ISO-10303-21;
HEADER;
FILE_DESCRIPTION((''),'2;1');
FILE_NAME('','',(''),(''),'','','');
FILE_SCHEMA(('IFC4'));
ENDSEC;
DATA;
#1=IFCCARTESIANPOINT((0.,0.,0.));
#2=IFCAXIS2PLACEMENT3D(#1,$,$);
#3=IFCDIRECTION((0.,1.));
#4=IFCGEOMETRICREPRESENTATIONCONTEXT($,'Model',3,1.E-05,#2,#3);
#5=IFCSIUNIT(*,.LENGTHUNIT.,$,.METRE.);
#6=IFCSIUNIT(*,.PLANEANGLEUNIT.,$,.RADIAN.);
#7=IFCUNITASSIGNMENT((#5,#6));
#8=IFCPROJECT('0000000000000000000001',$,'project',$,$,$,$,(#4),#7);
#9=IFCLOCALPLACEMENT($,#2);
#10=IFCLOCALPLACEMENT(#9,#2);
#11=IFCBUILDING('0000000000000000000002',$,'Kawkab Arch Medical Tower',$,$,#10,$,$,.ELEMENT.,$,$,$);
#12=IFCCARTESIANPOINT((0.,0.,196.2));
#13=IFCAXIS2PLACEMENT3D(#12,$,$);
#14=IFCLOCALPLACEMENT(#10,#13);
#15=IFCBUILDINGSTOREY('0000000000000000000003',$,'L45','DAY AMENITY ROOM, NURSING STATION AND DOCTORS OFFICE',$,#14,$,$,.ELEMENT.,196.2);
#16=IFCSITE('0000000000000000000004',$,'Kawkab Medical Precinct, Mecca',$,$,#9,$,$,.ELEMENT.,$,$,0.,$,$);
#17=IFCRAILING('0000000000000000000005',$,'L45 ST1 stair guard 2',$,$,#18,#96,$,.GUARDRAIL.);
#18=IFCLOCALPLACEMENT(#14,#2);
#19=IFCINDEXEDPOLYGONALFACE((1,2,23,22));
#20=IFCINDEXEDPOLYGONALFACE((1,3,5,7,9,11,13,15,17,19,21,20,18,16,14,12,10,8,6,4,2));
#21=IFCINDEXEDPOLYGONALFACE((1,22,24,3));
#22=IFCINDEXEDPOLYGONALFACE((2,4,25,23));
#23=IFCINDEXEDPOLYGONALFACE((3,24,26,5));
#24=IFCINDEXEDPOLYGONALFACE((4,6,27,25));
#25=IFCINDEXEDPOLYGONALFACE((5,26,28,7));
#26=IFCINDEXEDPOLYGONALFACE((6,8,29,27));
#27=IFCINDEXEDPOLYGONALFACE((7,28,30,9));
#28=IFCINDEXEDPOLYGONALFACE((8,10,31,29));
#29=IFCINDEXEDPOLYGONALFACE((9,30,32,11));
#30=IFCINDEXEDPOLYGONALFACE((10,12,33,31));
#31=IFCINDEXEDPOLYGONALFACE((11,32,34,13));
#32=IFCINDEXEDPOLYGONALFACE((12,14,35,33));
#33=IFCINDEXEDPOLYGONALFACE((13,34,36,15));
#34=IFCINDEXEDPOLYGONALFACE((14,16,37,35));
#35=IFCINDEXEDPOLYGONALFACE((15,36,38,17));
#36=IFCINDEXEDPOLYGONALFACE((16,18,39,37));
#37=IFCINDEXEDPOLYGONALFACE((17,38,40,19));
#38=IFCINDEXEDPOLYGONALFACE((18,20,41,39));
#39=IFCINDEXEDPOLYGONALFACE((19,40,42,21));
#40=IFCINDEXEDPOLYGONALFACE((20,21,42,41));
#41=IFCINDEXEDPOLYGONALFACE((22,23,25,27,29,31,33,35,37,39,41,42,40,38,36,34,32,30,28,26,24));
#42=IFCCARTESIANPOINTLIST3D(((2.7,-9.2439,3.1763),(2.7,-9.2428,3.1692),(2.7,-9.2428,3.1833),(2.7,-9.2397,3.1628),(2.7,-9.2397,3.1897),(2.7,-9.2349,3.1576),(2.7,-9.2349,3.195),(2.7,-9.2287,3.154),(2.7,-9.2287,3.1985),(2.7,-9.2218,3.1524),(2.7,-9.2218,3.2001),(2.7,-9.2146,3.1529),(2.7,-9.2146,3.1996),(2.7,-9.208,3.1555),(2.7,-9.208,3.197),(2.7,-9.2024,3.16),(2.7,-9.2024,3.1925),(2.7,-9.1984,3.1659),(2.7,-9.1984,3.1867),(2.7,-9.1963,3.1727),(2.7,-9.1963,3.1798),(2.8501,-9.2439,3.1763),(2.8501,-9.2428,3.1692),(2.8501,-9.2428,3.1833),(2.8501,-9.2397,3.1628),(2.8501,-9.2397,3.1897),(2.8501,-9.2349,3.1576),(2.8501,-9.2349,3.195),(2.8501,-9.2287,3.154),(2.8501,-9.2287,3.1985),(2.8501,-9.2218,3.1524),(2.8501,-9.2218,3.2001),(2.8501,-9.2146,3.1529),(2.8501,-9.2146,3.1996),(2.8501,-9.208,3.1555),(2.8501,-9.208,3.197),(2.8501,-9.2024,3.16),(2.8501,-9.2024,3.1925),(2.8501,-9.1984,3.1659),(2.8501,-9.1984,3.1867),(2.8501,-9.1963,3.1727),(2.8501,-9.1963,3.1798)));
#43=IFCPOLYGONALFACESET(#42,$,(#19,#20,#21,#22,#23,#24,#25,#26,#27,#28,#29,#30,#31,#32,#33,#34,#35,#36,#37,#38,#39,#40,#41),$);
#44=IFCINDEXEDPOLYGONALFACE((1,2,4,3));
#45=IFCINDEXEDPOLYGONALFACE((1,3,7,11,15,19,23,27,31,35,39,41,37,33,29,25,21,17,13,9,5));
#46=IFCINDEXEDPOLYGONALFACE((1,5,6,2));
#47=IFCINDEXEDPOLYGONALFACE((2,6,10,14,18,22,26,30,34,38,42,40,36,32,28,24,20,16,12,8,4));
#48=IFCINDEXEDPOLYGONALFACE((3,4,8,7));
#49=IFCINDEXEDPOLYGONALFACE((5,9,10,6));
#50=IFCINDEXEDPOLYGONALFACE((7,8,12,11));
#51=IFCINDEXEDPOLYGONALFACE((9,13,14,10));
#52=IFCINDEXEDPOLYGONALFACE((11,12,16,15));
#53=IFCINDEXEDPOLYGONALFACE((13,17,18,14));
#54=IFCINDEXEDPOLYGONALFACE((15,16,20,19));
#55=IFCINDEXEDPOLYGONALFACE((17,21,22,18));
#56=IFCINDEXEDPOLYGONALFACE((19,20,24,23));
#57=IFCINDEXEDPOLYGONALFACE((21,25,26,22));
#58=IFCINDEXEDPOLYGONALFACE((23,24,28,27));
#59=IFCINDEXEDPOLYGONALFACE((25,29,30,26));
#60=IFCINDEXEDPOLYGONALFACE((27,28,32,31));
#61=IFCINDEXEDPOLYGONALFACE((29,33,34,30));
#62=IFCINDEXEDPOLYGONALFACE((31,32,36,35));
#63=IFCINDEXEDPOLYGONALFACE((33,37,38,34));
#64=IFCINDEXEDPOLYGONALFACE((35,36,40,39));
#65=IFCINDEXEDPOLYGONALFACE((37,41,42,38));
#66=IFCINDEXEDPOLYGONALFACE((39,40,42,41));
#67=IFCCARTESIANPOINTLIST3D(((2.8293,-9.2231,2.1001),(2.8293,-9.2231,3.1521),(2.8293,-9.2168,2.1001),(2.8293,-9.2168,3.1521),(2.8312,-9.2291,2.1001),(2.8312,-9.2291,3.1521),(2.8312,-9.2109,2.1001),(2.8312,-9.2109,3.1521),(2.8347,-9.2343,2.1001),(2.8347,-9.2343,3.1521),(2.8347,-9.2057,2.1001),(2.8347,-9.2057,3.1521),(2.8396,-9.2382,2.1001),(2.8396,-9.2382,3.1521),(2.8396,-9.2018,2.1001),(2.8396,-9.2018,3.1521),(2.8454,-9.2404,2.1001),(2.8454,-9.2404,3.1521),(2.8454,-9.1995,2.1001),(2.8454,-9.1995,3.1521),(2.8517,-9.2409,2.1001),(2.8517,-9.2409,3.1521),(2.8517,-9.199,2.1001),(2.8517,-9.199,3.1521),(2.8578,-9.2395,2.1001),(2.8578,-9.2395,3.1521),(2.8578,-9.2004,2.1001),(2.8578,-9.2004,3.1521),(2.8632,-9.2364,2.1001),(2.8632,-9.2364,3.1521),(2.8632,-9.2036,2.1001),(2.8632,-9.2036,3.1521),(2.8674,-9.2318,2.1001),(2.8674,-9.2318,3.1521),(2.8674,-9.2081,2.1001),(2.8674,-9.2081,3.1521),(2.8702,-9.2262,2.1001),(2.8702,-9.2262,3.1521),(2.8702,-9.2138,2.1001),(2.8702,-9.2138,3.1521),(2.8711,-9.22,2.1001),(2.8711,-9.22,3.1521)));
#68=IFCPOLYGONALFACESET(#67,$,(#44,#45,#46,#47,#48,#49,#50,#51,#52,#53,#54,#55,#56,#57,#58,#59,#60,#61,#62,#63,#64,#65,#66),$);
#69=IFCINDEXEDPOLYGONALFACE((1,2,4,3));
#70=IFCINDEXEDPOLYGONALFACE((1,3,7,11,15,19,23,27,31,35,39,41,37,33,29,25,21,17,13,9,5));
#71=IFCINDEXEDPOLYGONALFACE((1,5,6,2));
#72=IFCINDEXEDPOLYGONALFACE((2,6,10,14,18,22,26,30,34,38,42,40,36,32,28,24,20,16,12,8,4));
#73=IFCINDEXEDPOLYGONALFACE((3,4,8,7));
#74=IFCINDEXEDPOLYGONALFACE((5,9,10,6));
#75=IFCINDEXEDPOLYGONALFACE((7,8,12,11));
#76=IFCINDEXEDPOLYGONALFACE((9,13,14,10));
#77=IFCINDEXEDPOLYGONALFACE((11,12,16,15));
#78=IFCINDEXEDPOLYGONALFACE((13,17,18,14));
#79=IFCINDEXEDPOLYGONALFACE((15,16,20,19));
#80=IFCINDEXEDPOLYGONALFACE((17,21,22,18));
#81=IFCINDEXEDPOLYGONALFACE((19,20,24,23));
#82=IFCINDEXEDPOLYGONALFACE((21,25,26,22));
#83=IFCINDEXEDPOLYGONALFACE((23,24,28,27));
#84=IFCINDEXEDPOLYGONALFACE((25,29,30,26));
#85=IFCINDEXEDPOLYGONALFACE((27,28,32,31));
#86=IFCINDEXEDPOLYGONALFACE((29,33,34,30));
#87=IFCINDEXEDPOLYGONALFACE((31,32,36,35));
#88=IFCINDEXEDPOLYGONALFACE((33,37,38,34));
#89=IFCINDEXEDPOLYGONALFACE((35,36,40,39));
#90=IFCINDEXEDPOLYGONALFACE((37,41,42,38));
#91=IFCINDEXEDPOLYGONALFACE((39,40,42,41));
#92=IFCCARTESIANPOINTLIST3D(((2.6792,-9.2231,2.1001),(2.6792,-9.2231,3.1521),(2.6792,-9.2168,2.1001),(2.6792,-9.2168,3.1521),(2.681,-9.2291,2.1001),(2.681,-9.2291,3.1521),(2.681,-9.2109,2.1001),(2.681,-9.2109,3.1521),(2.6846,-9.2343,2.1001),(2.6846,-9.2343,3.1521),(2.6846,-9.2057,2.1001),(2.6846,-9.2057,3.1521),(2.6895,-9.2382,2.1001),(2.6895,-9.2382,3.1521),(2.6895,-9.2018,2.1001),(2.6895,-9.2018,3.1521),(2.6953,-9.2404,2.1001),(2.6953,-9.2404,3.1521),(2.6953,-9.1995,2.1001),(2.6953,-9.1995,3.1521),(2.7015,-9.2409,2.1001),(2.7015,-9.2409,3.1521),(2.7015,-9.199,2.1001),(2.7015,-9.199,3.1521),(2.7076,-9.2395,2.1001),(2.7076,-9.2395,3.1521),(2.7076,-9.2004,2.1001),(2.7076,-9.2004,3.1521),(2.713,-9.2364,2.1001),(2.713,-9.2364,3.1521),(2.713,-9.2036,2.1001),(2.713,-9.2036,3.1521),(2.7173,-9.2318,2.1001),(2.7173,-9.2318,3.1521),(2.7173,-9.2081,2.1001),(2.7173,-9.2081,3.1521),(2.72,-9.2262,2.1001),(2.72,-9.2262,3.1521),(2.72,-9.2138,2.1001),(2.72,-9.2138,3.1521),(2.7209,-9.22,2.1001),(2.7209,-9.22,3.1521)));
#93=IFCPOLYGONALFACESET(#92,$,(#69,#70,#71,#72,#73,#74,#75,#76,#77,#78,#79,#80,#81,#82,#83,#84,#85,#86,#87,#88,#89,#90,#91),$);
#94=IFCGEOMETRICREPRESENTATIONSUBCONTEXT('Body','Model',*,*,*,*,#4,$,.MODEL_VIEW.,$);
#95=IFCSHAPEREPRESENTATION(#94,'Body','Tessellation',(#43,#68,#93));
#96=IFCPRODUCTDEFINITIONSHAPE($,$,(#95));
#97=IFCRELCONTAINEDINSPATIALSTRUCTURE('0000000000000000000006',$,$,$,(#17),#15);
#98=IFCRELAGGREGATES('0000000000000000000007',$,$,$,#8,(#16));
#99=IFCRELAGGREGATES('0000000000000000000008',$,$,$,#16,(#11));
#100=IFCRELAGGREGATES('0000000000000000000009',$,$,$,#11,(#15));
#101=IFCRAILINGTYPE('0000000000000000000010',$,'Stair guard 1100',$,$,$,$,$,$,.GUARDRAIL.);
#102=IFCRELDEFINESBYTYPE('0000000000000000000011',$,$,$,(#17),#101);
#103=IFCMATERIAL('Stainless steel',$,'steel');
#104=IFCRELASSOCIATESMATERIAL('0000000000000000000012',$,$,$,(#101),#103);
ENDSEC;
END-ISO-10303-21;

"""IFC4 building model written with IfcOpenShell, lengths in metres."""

from ifc_helpers import new_model, si_unit, direction, frame, origin, origin_2d, place, context, subcontext, project, spatial, circle, extrude, material, type_object, element, save


model = new_model("IFC4")

# Units and contexts
model_context = context("Model", 3, precision=1e-05, world=origin(), true_north=direction((0.0, 1.0)))
body_context = subcontext(model_context, "Body", "Model", "MODEL_VIEW")
ifc_project = project(units=[si_unit("LENGTHUNIT", "METRE"), si_unit("PLANEANGLEUNIT", "RADIAN")], contexts=[model_context])

# Site, building, storey
site_placement = place(None, origin())
site = spatial("IfcSite", under=ifc_project, at=site_placement, Name="Kawkab Medical Precinct, Mecca", CompositionType="ELEMENT", RefElevation=0.0)
building_placement = place(site_placement, origin())
building = spatial("IfcBuilding", under=site, at=building_placement, Name="Kawkab Arch Medical Tower", CompositionType="ELEMENT")
storey_placement = place(building_placement, frame((0.0, 0.0, 196.2)))
storey = spatial("IfcBuildingStorey", under=building, at=storey_placement, Name="L45", Description="DAY AMENITY ROOM, NURSING STATION AND DOCTORS OFFICE", CompositionType="ELEMENT", Elevation=196.2)

# Railing
ifc_material_1 = material(Name="Stainless steel", Category="steel")
railing_type_1 = type_object("IfcRailingType", Name="Stair guard 1100", PredefinedType="GUARDRAIL", material=ifc_material_1)
railing_1_placement = place(storey_placement, frame((2.8501, -9.22, 2.1001)))
element("IfcRailing", 1, at=railing_1_placement, inside=storey, type_object=railing_type_1, Name="L45 ST1 stair guard 2", PredefinedType="GUARDRAIL", context=body_context, shape_type="SweptSolid", body=[
    extrude(circle(Radius=0.0239, at=origin_2d()), frame((0.0, 0.0, 1.0762), z_axis=(-1.0, 0.0, 0.0), x_axis=(0.0, -1.0, 0.0)), (0.0, 0.0, 1.0), 0.1501),
    extrude(circle(Radius=0.021, at=origin_2d()), origin(), (0.0, 0.0, 1.0), 1.052),
    extrude(circle(Radius=0.021, at=origin_2d()), frame((-0.1501, 0.0, 0.0)), (0.0, 0.0, 1.0), 1.052),
])

save(model, "model.ifc")
